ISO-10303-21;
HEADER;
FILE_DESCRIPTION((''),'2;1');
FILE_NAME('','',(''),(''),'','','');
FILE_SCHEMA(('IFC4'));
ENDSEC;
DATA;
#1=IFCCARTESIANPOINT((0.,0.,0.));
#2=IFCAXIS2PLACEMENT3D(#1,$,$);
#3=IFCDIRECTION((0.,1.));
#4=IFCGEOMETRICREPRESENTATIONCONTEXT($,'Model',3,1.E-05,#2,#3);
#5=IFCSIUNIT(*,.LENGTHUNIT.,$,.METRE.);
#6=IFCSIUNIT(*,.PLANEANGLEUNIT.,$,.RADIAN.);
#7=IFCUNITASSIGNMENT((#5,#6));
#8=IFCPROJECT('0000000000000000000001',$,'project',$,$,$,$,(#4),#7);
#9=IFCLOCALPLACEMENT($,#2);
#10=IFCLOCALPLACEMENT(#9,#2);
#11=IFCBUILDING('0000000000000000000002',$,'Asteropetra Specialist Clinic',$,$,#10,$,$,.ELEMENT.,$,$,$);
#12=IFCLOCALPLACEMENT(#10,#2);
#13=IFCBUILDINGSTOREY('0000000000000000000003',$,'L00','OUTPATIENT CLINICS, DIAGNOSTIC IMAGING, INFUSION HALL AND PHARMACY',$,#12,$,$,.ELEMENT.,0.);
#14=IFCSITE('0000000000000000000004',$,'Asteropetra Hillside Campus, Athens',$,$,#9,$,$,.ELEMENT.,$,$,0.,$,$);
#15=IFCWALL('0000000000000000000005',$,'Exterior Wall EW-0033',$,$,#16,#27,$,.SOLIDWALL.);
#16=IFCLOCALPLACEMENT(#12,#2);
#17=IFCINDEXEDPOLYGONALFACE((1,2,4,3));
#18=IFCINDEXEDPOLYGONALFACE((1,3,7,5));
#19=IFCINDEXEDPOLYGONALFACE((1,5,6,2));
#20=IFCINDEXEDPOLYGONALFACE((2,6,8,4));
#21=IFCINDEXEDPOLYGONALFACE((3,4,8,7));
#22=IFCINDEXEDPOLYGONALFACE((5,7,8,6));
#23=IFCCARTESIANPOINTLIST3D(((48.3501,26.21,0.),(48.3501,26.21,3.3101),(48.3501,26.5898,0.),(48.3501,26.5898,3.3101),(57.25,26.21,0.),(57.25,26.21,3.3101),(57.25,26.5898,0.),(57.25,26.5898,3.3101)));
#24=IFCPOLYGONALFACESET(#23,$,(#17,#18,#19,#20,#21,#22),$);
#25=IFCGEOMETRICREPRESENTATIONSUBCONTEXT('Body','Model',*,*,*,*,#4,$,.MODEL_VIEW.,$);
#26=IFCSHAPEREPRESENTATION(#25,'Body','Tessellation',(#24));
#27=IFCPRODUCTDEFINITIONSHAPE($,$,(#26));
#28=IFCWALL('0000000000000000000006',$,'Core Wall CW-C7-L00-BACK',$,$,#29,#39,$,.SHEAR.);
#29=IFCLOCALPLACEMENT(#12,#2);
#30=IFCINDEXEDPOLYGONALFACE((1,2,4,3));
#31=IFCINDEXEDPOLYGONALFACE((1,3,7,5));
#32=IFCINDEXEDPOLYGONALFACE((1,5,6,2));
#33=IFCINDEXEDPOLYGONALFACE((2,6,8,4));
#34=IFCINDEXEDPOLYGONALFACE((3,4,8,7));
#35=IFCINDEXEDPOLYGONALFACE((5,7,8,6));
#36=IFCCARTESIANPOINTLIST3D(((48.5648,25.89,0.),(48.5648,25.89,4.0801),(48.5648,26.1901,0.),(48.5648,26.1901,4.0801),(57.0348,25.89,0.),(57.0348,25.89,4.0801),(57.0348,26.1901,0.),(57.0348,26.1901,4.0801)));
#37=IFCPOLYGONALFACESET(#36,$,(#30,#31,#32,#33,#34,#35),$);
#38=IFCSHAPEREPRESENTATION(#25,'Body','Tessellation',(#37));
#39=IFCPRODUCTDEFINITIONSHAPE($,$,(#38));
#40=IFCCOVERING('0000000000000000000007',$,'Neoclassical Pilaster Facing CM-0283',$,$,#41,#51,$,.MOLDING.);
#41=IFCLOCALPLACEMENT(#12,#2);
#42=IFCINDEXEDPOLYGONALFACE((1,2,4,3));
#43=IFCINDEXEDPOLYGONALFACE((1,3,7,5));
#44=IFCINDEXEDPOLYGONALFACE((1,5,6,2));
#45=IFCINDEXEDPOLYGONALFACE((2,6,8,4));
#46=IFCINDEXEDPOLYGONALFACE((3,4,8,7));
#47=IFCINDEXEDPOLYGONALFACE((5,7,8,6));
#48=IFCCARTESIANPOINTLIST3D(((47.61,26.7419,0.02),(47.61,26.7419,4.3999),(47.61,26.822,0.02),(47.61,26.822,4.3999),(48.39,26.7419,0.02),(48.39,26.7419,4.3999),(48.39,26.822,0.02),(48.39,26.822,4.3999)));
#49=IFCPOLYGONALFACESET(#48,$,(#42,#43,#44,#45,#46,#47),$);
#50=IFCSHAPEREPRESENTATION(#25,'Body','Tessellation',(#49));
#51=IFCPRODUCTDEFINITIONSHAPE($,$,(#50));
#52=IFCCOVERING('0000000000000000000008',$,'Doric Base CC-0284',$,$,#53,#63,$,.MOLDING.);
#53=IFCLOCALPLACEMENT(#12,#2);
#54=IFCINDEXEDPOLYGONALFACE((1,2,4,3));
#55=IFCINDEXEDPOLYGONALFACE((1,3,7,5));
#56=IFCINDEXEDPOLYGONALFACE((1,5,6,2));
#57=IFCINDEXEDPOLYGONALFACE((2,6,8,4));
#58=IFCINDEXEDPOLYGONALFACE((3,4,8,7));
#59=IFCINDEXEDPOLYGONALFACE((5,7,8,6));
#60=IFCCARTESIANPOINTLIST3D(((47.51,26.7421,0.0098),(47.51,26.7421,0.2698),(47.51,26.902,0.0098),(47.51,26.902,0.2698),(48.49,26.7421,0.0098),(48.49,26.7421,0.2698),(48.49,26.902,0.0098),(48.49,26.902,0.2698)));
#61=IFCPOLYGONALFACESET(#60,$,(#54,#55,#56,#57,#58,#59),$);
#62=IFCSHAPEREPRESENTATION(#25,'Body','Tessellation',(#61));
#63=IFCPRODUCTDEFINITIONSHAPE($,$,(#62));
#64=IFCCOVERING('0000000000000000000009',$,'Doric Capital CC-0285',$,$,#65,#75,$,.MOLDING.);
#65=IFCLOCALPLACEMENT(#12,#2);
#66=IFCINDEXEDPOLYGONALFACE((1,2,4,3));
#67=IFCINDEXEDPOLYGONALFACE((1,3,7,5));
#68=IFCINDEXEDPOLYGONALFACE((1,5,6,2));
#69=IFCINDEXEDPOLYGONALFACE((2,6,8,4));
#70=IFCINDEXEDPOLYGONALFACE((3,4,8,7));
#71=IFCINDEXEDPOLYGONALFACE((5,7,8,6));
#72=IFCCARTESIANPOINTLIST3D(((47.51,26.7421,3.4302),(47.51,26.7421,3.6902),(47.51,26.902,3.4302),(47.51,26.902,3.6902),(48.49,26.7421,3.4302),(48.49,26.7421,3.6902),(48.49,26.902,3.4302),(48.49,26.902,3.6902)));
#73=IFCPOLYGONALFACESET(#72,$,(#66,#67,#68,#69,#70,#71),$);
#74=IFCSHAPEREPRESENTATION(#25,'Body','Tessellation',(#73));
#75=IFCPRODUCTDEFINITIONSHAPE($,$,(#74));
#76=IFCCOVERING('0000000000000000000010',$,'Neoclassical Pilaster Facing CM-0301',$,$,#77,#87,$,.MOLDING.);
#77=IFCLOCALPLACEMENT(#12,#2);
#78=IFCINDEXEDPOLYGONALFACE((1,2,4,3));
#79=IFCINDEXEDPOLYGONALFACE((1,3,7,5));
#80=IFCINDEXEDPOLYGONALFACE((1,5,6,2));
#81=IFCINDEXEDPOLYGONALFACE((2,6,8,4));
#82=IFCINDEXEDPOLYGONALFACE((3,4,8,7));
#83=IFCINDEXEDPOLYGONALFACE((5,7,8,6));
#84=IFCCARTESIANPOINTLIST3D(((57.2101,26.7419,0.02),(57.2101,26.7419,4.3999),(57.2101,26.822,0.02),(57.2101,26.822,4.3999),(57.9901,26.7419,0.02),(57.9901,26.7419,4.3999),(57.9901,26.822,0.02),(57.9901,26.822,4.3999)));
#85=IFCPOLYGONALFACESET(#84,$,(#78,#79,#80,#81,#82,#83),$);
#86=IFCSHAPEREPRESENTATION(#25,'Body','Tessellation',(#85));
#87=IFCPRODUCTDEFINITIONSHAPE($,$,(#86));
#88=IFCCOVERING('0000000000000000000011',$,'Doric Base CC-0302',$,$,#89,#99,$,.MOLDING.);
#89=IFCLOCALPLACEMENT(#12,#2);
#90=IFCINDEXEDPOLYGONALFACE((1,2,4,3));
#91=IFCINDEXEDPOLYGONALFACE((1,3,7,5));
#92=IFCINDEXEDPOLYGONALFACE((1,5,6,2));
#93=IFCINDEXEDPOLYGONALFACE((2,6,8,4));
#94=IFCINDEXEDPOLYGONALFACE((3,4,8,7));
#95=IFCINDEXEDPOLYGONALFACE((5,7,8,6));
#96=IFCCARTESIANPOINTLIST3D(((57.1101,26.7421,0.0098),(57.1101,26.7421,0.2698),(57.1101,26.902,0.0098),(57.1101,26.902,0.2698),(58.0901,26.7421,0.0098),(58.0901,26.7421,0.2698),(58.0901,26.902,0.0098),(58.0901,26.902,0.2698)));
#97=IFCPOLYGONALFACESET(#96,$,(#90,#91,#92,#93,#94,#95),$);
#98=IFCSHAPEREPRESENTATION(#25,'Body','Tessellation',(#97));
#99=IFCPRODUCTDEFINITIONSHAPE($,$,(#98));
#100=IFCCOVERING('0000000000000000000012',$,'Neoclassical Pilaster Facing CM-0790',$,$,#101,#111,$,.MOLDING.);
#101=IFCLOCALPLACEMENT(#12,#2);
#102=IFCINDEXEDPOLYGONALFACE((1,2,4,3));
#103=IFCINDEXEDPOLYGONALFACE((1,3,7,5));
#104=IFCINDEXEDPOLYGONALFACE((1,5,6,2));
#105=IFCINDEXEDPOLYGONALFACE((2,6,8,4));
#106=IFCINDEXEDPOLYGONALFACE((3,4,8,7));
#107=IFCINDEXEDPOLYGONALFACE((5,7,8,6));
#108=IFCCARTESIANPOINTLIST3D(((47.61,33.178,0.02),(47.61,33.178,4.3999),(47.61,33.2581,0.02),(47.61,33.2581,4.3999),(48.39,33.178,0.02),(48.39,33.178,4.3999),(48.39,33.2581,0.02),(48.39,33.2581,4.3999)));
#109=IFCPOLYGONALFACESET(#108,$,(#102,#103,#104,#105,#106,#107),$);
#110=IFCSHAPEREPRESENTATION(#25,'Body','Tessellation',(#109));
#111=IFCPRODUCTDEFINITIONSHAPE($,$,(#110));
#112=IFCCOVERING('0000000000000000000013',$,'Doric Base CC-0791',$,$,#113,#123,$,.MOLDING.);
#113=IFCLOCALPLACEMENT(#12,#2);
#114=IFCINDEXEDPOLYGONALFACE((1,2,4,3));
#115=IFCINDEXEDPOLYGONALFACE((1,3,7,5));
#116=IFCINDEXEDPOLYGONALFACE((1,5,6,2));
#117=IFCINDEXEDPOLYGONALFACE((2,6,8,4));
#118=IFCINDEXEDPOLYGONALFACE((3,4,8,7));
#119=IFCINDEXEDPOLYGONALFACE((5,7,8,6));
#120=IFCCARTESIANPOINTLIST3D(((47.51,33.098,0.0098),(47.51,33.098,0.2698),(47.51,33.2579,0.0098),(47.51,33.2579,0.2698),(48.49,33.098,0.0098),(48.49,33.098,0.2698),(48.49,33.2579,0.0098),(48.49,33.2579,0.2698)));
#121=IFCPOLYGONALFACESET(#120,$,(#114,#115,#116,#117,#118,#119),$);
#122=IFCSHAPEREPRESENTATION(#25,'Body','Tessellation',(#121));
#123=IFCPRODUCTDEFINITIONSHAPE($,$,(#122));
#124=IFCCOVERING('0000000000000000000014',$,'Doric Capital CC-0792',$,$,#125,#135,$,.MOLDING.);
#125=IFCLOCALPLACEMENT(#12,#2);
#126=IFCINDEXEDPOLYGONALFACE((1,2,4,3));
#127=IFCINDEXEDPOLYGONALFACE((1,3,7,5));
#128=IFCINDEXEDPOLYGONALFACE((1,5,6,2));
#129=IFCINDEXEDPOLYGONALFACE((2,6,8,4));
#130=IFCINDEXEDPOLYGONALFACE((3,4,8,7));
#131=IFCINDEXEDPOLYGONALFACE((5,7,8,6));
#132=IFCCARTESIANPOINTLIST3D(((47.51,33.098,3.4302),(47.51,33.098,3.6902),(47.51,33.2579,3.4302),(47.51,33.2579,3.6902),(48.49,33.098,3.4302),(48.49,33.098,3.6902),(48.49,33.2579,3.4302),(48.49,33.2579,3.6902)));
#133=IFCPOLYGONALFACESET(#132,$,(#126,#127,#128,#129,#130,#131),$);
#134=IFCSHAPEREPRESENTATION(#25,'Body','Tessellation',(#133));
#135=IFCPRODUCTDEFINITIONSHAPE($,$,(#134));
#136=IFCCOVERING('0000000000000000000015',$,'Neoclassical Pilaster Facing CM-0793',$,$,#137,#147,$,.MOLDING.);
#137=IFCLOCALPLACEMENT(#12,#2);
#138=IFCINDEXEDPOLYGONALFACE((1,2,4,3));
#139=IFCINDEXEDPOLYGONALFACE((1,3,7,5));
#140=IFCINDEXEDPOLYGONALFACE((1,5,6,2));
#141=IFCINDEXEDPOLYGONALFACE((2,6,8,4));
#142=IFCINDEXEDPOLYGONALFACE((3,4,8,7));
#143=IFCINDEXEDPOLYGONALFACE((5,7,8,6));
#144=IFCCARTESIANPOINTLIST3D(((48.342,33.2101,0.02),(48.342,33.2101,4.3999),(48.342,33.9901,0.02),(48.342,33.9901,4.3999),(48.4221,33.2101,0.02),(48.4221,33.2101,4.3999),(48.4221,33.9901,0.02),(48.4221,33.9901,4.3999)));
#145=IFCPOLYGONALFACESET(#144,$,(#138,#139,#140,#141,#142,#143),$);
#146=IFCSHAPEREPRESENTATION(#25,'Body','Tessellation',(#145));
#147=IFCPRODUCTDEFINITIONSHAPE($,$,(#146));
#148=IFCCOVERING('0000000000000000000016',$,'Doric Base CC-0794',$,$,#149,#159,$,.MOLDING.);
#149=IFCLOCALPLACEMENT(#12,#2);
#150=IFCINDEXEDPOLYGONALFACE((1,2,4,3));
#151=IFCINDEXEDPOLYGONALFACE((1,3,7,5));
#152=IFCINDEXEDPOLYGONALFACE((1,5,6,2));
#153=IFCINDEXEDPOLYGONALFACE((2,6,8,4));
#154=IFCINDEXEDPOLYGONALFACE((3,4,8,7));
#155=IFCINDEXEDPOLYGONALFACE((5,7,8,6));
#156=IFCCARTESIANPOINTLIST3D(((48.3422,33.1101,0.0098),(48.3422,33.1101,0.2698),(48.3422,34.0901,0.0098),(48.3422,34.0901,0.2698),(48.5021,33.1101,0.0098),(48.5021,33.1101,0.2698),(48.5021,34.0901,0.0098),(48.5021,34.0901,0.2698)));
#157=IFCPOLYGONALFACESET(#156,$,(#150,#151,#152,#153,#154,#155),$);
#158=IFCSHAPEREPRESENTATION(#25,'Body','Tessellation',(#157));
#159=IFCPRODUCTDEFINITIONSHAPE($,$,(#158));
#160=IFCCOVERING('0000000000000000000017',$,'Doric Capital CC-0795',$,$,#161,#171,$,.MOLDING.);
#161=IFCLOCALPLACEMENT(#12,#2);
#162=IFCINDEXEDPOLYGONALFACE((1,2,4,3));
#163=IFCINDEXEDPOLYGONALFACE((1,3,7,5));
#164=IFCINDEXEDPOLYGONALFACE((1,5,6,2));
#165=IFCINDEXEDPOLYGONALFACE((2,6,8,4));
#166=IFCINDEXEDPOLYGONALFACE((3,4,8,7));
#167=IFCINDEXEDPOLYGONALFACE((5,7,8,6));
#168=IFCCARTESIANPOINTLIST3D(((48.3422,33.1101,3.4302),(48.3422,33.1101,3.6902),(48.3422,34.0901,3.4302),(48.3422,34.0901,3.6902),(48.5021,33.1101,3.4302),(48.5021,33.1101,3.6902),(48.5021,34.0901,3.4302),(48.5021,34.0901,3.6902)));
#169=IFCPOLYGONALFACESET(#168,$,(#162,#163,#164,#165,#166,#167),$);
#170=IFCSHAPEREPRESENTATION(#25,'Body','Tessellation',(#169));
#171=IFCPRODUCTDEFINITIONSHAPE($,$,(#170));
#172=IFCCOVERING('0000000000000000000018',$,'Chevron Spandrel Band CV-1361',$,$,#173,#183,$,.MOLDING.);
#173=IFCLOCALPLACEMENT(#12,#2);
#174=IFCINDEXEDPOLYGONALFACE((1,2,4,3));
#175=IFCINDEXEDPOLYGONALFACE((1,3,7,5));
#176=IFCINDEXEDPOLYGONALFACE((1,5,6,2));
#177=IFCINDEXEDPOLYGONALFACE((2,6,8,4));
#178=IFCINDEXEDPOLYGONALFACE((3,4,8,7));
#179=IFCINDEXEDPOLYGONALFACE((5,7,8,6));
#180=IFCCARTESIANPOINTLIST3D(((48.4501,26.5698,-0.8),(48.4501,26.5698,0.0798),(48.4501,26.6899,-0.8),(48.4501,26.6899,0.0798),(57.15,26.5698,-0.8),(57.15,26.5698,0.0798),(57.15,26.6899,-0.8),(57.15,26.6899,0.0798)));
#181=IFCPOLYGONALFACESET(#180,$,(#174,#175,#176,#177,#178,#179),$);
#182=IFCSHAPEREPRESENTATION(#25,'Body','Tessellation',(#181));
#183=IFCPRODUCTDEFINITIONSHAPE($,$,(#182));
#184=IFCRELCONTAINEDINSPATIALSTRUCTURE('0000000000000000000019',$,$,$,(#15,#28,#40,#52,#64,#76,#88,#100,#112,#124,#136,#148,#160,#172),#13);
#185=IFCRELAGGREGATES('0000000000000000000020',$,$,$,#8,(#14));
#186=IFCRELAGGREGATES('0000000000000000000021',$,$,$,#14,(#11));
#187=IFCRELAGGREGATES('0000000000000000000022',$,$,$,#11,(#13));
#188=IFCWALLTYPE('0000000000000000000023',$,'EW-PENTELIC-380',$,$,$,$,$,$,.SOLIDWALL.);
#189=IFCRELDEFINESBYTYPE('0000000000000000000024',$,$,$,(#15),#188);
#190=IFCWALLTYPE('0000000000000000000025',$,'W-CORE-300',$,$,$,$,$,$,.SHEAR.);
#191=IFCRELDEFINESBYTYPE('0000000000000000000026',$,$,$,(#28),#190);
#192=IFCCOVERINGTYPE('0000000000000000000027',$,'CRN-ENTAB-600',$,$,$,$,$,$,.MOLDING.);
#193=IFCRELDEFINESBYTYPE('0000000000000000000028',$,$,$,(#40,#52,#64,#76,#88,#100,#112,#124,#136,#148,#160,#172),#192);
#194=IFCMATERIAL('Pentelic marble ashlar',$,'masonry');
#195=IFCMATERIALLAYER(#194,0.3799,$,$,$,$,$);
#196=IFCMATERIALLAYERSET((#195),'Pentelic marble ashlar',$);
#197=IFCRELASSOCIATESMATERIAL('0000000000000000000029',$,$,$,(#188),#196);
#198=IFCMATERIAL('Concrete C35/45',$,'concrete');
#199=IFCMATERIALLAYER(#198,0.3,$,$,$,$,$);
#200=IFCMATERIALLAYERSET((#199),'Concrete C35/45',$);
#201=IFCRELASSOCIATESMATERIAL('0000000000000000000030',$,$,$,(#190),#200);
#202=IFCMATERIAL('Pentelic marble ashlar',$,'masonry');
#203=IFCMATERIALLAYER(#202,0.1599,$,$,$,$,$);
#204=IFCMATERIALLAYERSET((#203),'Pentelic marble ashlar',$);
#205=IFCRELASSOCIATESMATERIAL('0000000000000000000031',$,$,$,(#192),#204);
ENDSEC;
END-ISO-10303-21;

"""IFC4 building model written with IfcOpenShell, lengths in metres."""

from ifc_helpers import new_model, si_unit, direction, frame, frame_2d, origin, origin_2d, place, context, subcontext, project, spatial, rectangle, extrude, material, layer, layer_set, type_object, element, save


model = new_model("IFC4")

# Units and contexts
model_context = context("Model", 3, precision=1e-05, world=origin(), true_north=direction((0.0, 1.0)))
body_context = subcontext(model_context, "Body", "Model", "MODEL_VIEW")
ifc_project = project(units=[si_unit("LENGTHUNIT", "METRE"), si_unit("PLANEANGLEUNIT", "RADIAN")], contexts=[model_context])

# Site, building, storey
site_placement = place(None, origin())
site = spatial("IfcSite", under=ifc_project, at=site_placement, Name="Asteropetra Hillside Campus, Athens", CompositionType="ELEMENT", RefElevation=0.0)
building_placement = place(site_placement, origin())
building = spatial("IfcBuilding", under=site, at=building_placement, Name="Asteropetra Specialist Clinic", CompositionType="ELEMENT")
storey_placement = place(building_placement, origin())
storey = spatial("IfcBuildingStorey", under=building, at=storey_placement, Name="L00", Description="OUTPATIENT CLINICS, DIAGNOSTIC IMAGING, INFUSION HALL AND PHARMACY", CompositionType="ELEMENT", Elevation=0.0)

# Walls
ifc_material_1 = material(Name="Pentelic marble ashlar", Category="masonry")
ifc_layer_1 = layer(ifc_material_1, 0.3799)
ifc_layer_set_1 = layer_set([ifc_layer_1], Name="Pentelic marble ashlar")
wall_type_1 = type_object("IfcWallType", Name="EW-PENTELIC-380", PredefinedType="SOLIDWALL", material=ifc_layer_set_1)
wall_1_placement = place(storey_placement, frame((57.25, 26.3999, 0.0), z_axis=(0.0, 0.0, 1.0), x_axis=(-1.0, 0.0, 0.0)))
element("IfcWall", 1, at=wall_1_placement, inside=storey, type_object=wall_type_1, Name="Exterior Wall EW-0033", PredefinedType="SOLIDWALL", context=body_context, shape_type="SweptSolid", body=[
    extrude(rectangle(XDim=8.8999, YDim=0.3799, at=frame_2d((4.45, 0.0))), origin(), (0.0, 0.0, 1.0), 3.3101),
])
ifc_material_2 = material(Name="Concrete C35/45", Category="concrete")
ifc_layer_2 = layer(ifc_material_2, 0.3)
ifc_layer_set_2 = layer_set([ifc_layer_2], Name="Concrete C35/45")
wall_type_2 = type_object("IfcWallType", Name="W-CORE-300", PredefinedType="SHEAR", material=ifc_layer_set_2)
wall_2_placement = place(storey_placement, frame((48.5649, 26.04, 0.0), z_axis=(0.0, 0.0, 1.0), x_axis=(1.0, 0.0, 0.0)))
element("IfcWall", 2, at=wall_2_placement, inside=storey, type_object=wall_type_2, Name="Core Wall CW-C7-L00-BACK", PredefinedType="SHEAR", context=body_context, shape_type="SweptSolid", body=[
    extrude(rectangle(XDim=8.47, YDim=0.3, at=frame_2d((4.2349, 0.0))), origin(), (0.0, 0.0, 1.0), 4.0801),
])

# Coverings
ifc_material_3 = material(Name="Pentelic marble ashlar", Category="masonry")
ifc_layer_3 = layer(ifc_material_3, 0.1599)
ifc_layer_set_3 = layer_set([ifc_layer_3], Name="Pentelic marble ashlar")
covering_type = type_object("IfcCoveringType", Name="CRN-ENTAB-600", PredefinedType="MOLDING", material=ifc_layer_set_3)
covering_1_placement = place(storey_placement, frame((48.0, 26.782, 0.02), z_axis=(0.0, 0.0, 1.0), x_axis=(1.0, 0.0, 0.0)))
element("IfcCovering", 3, at=covering_1_placement, inside=storey, type_object=covering_type, Name="Neoclassical Pilaster Facing CM-0283", PredefinedType="MOLDING", context=body_context, shape_type="SweptSolid", body=[
    extrude(rectangle(XDim=0.78, YDim=0.0801, at=origin_2d()), origin(), (0.0, 0.0, 1.0), 4.3799),
])
for number, where, z_axis, x_axis, name in (
    (4, (48.0, 26.822, 0.0098), (0.0, 0.0, 1.0), (1.0, 0.0, 0.0), "Doric Base CC-0284"),
    (5, (48.0, 26.822, 3.4302), (0.0, 0.0, 1.0), (1.0, 0.0, 0.0), "Doric Capital CC-0285"),
):
    element("IfcCovering", number, at=place(storey_placement, frame(where, z_axis=z_axis, x_axis=x_axis)), inside=storey, type_object=covering_type, Name=name, PredefinedType="MOLDING", context=body_context, shape_type="SweptSolid", body=[
        extrude(rectangle(XDim=0.98, YDim=0.1599, at=origin_2d()), origin(), (0.0, 0.0, 1.0), 0.26),
    ])
covering_2_placement = place(storey_placement, frame((57.6001, 26.782, 0.02), z_axis=(0.0, 0.0, 1.0), x_axis=(1.0, 0.0, 0.0)))
element("IfcCovering", 6, at=covering_2_placement, inside=storey, type_object=covering_type, Name="Neoclassical Pilaster Facing CM-0301", PredefinedType="MOLDING", context=body_context, shape_type="SweptSolid", body=[
    extrude(rectangle(XDim=0.78, YDim=0.0801, at=origin_2d()), origin(), (0.0, 0.0, 1.0), 4.3799),
])
covering_3_placement = place(storey_placement, frame((57.6001, 26.822, 0.0098), z_axis=(0.0, 0.0, 1.0), x_axis=(1.0, 0.0, 0.0)))
element("IfcCovering", 7, at=covering_3_placement, inside=storey, type_object=covering_type, Name="Doric Base CC-0302", PredefinedType="MOLDING", context=body_context, shape_type="SweptSolid", body=[
    extrude(rectangle(XDim=0.98, YDim=0.1599, at=origin_2d()), origin(), (0.0, 0.0, 1.0), 0.26),
])
covering_4_placement = place(storey_placement, frame((48.0, 33.218, 0.02), z_axis=(0.0, 0.0, 1.0), x_axis=(1.0, 0.0, 0.0)))
element("IfcCovering", 8, at=covering_4_placement, inside=storey, type_object=covering_type, Name="Neoclassical Pilaster Facing CM-0790", PredefinedType="MOLDING", context=body_context, shape_type="SweptSolid", body=[
    extrude(rectangle(XDim=0.78, YDim=0.0801, at=origin_2d()), origin(), (0.0, 0.0, 1.0), 4.3799),
])
for number, where, z_axis, x_axis, name in (
    (9, (48.0, 33.178, 0.0098), (0.0, 0.0, 1.0), (1.0, 0.0, 0.0), "Doric Base CC-0791"),
    (10, (48.0, 33.178, 3.4302), (0.0, 0.0, 1.0), (1.0, 0.0, 0.0), "Doric Capital CC-0792"),
):
    element("IfcCovering", number, at=place(storey_placement, frame(where, z_axis=z_axis, x_axis=x_axis)), inside=storey, type_object=covering_type, Name=name, PredefinedType="MOLDING", context=body_context, shape_type="SweptSolid", body=[
        extrude(rectangle(XDim=0.98, YDim=0.1599, at=origin_2d()), origin(), (0.0, 0.0, 1.0), 0.26),
    ])
covering_5_placement = place(storey_placement, frame((48.3821, 33.6001, 0.02), z_axis=(0.0, 0.0, 1.0), x_axis=(1.0, 0.0, 0.0)))
element("IfcCovering", 11, at=covering_5_placement, inside=storey, type_object=covering_type, Name="Neoclassical Pilaster Facing CM-0793", PredefinedType="MOLDING", context=body_context, shape_type="SweptSolid", body=[
    extrude(rectangle(XDim=0.0801, YDim=0.78, at=origin_2d()), origin(), (0.0, 0.0, 1.0), 4.3799),
])
for number, where, z_axis, x_axis, name in (
    (12, (48.4221, 33.6001, 0.0098), (0.0, 0.0, 1.0), (1.0, 0.0, 0.0), "Doric Base CC-0794"),
    (13, (48.4221, 33.6001, 3.4302), (0.0, 0.0, 1.0), (1.0, 0.0, 0.0), "Doric Capital CC-0795"),
):
    element("IfcCovering", number, at=place(storey_placement, frame(where, z_axis=z_axis, x_axis=x_axis)), inside=storey, type_object=covering_type, Name=name, PredefinedType="MOLDING", context=body_context, shape_type="SweptSolid", body=[
        extrude(rectangle(XDim=0.1599, YDim=0.98, at=origin_2d()), origin(), (0.0, 0.0, 1.0), 0.26),
    ])
covering_6_placement = place(storey_placement, frame((52.8, 26.6299, -0.8), z_axis=(0.0, 0.0, 1.0), x_axis=(1.0, 0.0, 0.0)))
element("IfcCovering", 14, at=covering_6_placement, inside=storey, type_object=covering_type, Name="Chevron Spandrel Band CV-1361", PredefinedType="MOLDING", context=body_context, shape_type="SweptSolid", body=[
    extrude(rectangle(XDim=8.7, YDim=0.1201, at=origin_2d()), origin(), (0.0, 0.0, 1.0), 0.8799),
])

save(model, "model.ifc")
